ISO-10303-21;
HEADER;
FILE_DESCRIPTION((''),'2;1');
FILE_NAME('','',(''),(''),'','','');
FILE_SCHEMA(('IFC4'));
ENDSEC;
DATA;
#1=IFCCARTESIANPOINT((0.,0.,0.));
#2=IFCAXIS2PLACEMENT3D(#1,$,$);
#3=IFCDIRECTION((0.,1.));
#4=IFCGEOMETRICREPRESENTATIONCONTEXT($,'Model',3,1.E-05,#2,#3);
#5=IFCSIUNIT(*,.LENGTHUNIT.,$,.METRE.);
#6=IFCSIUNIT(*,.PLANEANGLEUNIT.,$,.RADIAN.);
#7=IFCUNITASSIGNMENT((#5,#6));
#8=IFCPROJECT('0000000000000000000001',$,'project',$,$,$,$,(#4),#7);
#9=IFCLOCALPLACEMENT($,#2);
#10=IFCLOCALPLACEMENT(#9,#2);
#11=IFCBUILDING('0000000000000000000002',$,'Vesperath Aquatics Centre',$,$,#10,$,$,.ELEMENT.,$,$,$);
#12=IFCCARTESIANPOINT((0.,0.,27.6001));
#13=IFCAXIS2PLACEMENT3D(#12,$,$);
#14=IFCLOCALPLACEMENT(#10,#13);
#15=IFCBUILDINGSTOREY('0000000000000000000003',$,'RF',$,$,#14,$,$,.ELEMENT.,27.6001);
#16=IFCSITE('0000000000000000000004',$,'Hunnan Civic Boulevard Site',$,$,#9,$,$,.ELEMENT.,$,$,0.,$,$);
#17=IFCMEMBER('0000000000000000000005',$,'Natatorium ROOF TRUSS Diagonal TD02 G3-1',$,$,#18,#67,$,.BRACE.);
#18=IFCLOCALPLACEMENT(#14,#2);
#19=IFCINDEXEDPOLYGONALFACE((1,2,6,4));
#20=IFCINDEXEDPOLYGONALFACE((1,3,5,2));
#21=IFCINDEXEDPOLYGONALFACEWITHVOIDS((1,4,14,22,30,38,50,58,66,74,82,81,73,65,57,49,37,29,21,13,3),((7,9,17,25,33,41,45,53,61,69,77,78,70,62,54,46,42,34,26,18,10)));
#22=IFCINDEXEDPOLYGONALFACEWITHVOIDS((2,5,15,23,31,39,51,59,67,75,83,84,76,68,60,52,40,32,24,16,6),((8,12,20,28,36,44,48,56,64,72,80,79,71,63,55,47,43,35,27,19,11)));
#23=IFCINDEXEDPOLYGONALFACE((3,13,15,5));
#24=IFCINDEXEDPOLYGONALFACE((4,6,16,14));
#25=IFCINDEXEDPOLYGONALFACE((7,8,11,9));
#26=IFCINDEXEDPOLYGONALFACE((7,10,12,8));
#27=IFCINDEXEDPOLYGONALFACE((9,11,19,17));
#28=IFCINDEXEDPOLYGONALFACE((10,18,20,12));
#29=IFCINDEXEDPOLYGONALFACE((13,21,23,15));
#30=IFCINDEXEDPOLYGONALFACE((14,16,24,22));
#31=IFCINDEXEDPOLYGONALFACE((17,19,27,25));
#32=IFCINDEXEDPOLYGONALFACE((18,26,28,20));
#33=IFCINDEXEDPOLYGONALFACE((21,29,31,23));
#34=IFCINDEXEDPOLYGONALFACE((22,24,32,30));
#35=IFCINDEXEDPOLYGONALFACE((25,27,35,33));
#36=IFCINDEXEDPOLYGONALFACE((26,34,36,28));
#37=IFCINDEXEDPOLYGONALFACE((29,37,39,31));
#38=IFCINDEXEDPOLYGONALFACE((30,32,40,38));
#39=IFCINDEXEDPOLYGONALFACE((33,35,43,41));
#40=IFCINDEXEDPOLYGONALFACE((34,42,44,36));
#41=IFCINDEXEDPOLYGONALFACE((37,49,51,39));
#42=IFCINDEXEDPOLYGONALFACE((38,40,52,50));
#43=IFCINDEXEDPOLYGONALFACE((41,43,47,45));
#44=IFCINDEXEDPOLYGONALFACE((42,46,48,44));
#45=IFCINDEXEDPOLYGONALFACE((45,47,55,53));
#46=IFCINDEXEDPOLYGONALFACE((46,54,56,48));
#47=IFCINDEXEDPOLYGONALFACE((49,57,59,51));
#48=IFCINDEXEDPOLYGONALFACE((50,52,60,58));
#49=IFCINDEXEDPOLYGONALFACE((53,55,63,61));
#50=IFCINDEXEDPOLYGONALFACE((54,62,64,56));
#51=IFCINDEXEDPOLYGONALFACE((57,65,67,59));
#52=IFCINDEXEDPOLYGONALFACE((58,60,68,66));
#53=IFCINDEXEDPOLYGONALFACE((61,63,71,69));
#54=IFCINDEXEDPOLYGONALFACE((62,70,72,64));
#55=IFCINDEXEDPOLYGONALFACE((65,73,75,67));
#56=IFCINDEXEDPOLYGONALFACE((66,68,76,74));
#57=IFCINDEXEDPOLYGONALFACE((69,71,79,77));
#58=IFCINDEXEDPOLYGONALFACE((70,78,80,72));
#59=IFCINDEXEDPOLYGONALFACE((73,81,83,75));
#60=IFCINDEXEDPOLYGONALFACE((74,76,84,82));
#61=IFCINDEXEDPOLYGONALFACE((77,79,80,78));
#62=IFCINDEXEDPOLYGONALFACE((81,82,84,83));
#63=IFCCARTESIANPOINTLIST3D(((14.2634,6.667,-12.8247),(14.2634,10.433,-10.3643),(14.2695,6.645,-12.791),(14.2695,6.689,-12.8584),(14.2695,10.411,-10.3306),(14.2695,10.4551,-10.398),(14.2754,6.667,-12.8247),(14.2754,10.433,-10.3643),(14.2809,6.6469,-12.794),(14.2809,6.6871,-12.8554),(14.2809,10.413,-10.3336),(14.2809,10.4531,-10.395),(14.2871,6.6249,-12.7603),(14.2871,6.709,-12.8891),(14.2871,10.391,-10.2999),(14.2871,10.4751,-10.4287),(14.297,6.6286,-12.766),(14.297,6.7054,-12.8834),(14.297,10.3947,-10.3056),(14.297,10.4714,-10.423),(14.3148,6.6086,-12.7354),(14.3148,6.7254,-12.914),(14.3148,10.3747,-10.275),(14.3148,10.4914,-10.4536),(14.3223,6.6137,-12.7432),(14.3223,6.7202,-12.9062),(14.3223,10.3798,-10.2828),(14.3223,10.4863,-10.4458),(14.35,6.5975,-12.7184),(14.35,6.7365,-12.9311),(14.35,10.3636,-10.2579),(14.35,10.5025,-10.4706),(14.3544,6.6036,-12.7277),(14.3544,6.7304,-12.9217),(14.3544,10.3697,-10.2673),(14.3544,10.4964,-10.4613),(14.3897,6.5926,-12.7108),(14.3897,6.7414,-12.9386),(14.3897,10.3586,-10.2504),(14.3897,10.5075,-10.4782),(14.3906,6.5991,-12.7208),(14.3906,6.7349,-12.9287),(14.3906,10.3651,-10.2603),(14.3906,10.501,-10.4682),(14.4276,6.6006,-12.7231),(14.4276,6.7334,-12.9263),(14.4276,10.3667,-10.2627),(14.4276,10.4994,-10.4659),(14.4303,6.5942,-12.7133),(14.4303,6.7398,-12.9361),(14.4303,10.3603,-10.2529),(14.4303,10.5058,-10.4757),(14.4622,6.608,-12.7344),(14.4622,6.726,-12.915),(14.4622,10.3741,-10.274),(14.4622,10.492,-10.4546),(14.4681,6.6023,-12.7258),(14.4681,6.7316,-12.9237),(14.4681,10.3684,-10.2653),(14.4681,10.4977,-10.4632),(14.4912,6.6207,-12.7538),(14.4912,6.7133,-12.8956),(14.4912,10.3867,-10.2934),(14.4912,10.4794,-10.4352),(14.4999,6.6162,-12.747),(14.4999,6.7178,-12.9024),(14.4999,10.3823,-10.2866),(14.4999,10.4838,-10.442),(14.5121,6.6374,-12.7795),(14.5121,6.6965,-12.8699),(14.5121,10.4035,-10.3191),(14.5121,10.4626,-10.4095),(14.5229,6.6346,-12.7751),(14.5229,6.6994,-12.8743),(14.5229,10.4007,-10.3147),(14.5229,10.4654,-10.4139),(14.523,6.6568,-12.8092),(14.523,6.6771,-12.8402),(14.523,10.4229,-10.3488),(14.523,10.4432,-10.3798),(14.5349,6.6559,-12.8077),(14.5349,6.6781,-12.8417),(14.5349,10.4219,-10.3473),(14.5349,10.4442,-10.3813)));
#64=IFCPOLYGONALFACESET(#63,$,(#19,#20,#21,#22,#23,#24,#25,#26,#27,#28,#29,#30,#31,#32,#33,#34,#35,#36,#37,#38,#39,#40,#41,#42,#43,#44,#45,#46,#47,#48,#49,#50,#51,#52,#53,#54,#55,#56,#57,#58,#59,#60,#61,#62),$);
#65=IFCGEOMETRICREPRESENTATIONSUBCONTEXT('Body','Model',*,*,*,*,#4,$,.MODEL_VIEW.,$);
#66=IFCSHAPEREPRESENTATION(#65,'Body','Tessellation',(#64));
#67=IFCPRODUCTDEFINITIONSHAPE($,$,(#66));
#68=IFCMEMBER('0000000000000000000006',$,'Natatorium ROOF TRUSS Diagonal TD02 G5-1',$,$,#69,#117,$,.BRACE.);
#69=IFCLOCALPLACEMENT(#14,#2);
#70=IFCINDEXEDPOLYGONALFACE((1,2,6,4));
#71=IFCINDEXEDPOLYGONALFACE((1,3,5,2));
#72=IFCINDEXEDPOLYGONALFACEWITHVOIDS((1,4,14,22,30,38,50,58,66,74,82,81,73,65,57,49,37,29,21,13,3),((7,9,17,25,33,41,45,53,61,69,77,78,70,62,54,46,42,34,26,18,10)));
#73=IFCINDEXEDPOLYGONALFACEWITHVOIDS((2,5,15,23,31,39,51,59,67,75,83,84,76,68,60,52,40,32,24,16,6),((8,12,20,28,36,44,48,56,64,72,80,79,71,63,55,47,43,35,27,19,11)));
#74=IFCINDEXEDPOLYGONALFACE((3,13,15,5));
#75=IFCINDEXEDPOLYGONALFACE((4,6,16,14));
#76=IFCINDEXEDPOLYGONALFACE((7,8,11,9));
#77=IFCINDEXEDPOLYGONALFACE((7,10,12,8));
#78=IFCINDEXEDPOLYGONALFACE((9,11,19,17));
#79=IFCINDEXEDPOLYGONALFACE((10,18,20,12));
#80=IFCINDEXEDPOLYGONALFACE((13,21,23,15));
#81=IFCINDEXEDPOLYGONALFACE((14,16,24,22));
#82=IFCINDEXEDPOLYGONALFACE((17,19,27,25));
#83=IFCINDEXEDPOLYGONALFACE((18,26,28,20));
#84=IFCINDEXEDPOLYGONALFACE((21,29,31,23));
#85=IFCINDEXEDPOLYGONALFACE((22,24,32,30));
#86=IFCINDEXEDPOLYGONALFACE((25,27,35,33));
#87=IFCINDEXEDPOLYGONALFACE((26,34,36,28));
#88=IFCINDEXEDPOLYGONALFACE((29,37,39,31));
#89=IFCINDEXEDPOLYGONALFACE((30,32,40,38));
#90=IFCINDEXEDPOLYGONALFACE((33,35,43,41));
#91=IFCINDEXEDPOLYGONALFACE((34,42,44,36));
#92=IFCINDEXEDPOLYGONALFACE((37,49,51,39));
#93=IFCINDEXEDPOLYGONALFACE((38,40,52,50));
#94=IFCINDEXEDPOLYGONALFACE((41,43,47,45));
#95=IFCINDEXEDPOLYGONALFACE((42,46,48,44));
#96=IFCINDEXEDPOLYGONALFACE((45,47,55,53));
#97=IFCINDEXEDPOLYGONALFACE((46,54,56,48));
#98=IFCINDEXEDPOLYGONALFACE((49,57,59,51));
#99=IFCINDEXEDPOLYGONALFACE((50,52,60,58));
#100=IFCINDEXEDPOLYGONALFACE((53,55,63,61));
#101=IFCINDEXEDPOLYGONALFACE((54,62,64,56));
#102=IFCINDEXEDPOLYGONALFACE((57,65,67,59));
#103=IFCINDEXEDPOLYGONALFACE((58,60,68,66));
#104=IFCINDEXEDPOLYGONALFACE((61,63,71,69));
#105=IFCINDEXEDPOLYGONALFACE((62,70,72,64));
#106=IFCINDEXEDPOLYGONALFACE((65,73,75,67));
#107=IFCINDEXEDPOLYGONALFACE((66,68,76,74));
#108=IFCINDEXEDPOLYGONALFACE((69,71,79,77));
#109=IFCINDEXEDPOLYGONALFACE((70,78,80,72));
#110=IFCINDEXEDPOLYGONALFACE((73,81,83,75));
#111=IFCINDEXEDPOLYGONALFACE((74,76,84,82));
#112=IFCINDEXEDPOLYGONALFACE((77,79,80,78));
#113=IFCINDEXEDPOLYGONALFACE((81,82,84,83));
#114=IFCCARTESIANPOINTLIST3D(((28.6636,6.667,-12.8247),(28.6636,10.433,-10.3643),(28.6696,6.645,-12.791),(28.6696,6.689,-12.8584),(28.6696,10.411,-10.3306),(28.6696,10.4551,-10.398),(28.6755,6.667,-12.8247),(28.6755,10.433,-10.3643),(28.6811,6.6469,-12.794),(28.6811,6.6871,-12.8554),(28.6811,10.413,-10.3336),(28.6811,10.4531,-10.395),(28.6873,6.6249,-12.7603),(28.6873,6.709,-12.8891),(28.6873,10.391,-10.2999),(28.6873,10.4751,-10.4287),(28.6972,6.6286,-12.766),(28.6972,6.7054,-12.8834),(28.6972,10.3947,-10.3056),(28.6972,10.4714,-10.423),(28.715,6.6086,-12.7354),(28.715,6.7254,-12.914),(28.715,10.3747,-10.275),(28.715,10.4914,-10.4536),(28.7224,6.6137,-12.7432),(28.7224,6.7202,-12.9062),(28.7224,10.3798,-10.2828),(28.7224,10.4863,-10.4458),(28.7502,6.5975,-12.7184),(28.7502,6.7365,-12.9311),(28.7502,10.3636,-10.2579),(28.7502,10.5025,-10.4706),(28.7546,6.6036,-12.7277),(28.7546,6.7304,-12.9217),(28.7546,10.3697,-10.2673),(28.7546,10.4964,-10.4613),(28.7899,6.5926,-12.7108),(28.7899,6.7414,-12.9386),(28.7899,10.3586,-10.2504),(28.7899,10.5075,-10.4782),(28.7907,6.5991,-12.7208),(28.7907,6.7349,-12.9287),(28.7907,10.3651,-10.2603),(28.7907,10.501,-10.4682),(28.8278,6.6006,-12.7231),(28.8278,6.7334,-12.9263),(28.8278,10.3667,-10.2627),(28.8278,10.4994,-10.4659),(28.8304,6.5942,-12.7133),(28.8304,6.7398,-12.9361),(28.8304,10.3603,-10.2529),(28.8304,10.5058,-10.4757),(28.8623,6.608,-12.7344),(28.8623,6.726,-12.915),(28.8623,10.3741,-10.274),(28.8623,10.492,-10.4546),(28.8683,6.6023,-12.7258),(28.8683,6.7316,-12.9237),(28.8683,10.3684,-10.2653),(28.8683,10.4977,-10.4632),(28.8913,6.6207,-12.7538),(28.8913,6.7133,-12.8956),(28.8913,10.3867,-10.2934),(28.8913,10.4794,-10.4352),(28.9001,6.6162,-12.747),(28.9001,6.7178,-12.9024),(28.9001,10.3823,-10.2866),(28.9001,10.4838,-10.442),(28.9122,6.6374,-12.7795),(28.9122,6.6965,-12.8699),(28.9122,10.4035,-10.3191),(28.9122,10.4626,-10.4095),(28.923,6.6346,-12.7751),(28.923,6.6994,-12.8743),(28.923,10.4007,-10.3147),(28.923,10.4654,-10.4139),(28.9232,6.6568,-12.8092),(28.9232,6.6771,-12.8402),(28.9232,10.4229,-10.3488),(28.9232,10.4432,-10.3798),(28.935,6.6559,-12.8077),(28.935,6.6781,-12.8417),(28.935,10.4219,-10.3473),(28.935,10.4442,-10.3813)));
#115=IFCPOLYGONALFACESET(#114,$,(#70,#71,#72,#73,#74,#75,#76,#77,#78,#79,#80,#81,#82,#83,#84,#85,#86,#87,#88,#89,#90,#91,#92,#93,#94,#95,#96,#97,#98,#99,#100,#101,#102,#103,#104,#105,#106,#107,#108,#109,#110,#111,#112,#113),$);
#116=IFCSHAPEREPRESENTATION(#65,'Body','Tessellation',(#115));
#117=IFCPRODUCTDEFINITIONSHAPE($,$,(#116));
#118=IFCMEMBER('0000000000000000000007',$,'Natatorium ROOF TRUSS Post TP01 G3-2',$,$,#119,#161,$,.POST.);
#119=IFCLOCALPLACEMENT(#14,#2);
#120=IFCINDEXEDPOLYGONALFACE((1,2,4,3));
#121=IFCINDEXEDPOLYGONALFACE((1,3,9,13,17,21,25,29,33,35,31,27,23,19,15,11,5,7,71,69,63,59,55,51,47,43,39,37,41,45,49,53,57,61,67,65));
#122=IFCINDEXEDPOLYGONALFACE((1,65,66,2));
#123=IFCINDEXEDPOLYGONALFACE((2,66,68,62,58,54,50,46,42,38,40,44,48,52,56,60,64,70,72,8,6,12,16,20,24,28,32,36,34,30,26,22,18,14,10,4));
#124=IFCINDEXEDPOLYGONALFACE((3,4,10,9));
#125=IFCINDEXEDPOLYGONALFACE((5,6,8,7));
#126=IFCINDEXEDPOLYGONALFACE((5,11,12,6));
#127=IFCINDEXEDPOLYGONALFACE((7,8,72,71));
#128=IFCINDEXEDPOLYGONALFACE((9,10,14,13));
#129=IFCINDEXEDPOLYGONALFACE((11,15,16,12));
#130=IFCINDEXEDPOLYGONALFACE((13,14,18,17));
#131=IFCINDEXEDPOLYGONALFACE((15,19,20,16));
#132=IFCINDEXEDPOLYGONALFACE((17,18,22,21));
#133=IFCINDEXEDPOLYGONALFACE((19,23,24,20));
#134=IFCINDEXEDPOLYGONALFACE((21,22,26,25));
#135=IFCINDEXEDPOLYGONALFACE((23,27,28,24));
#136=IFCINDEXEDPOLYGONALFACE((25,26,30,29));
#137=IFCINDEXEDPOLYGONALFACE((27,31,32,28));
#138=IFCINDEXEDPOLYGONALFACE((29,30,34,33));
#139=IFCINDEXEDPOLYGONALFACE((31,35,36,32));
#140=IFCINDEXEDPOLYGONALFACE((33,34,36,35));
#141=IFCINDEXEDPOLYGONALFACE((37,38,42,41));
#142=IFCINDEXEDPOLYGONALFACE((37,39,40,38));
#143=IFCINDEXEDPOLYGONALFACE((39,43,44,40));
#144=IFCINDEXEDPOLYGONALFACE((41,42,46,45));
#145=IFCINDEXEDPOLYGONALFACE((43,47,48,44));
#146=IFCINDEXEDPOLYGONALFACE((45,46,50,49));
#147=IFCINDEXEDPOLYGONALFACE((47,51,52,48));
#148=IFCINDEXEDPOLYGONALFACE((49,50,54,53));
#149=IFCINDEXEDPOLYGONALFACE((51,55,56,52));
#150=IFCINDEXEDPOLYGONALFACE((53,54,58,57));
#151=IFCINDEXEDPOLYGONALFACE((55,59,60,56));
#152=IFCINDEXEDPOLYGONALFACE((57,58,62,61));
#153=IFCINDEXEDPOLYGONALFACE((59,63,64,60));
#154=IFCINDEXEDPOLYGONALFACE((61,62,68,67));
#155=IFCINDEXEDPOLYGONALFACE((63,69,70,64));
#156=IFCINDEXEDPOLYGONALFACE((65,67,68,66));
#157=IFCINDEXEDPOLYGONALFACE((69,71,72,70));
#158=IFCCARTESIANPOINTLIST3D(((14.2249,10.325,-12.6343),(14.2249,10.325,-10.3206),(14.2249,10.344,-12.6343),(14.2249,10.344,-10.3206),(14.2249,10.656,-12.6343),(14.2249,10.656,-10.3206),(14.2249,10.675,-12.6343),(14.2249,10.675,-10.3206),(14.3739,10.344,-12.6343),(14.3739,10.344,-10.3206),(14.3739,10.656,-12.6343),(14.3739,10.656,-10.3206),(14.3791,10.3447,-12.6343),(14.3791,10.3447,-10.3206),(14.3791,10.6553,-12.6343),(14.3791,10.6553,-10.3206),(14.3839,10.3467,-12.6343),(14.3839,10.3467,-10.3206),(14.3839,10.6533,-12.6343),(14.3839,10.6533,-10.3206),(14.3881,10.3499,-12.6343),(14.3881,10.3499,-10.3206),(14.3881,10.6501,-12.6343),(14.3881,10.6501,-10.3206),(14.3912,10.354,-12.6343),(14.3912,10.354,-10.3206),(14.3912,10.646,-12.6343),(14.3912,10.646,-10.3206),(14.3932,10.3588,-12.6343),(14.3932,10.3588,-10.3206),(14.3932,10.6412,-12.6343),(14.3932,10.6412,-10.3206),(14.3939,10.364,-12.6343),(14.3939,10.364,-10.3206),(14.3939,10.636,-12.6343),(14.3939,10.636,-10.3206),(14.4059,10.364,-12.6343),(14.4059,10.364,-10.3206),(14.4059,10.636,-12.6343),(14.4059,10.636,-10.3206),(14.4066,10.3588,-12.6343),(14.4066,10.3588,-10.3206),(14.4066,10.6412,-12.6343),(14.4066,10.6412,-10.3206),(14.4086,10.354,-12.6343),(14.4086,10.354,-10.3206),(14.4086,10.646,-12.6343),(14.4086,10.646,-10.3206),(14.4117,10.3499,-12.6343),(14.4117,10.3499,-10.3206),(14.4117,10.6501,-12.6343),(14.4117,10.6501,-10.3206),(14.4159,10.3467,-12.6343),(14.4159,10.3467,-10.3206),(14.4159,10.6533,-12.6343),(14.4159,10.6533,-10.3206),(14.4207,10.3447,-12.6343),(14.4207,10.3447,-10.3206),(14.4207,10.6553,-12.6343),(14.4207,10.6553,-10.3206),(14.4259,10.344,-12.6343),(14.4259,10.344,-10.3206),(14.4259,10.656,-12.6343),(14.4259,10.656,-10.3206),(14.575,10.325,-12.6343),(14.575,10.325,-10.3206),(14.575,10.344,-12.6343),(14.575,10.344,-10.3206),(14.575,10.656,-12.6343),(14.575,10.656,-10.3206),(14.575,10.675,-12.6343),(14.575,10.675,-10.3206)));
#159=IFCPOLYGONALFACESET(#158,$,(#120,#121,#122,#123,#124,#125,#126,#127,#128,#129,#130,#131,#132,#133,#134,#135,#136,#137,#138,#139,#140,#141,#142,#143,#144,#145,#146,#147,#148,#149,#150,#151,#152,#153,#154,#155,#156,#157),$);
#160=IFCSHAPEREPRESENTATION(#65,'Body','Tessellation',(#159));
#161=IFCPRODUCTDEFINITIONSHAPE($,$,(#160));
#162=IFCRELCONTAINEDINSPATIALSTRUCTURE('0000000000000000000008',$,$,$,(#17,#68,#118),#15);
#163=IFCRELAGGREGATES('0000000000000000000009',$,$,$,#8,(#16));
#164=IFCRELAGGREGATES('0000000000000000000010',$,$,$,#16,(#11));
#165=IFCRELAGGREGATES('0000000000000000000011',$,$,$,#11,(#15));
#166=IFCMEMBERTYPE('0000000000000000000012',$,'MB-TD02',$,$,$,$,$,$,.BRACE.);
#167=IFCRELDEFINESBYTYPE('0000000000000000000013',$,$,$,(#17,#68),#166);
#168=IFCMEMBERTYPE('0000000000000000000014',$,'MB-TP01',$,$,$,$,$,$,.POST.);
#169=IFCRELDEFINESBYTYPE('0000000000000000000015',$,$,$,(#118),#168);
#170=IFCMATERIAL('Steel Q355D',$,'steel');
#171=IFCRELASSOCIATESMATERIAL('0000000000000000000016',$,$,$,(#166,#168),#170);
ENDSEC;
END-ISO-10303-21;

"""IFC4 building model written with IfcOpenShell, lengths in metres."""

from ifc_helpers import new_model, si_unit, direction, frame, origin, origin_2d, place, context, subcontext, project, spatial, hollow_circle, i_section, extrude, material, material_profile, profile_set, type_object, element, save


model = new_model("IFC4")

# Units and contexts
model_context = context("Model", 3, precision=1e-05, world=origin(), true_north=direction((0.0, 1.0)))
body_context = subcontext(model_context, "Body", "Model", "MODEL_VIEW")
ifc_project = project(units=[si_unit("LENGTHUNIT", "METRE"), si_unit("PLANEANGLEUNIT", "RADIAN")], contexts=[model_context])

# Site, building, storey
site_placement = place(None, origin())
site = spatial("IfcSite", under=ifc_project, at=site_placement, Name="Hunnan Civic Boulevard Site", CompositionType="ELEMENT", RefElevation=0.0)
building_placement = place(site_placement, origin())
building = spatial("IfcBuilding", under=site, at=building_placement, Name="Vesperath Aquatics Centre", CompositionType="ELEMENT")
storey_placement = place(building_placement, frame((0.0, 0.0, 27.6001)))
storey = spatial("IfcBuildingStorey", under=building, at=storey_placement, Name="RF", CompositionType="ELEMENT", Elevation=27.6001)

# Members
ifc_material_1 = material(Name="Steel Q355D", Category="steel")
ifc_material_profile_1 = material_profile(ifc_material_1, hollow_circle(Radius=0.1365, WallThickness=0.012, at=origin_2d()), Name="CHS 273.0x12")
ifc_profile_set_1 = profile_set([ifc_material_profile_1], Name="Steel Q355D")
member_type_1 = type_object("IfcMemberType", Name="MB-TD02", PredefinedType="BRACE", material=ifc_profile_set_1)
for number, where, z_axis, x_axis, name in (
    (1, (14.3999, 6.667, -12.8247), (0.0, 0.837174, 0.546936), (-1.0, 0.0, 0.0), "Natatorium ROOF TRUSS Diagonal TD02 G3-1"),
    (2, (28.8, 6.667, -12.8247), (0.0, 0.837174, 0.546936), (-1.0, 0.0, 0.0), "Natatorium ROOF TRUSS Diagonal TD02 G5-1"),
):
    element("IfcMember", number, at=place(storey_placement, frame(where, z_axis=z_axis, x_axis=x_axis)), inside=storey, type_object=member_type_1, Name=name, PredefinedType="BRACE", context=body_context, shape_type="SweptSolid", body=[
        extrude(hollow_circle(Radius=0.1365, WallThickness=0.012, at=origin_2d()), origin(), (0.0, 0.0, 1.0), 4.4985),
    ])
ifc_material_profile_2 = material_profile(ifc_material_1, i_section(OverallWidth=0.3501, OverallDepth=0.3501, WebThickness=0.012, FlangeThickness=0.019, FilletRadius=0.02, at=origin_2d()), Name="HW 350x350x12x19")
ifc_profile_set_2 = profile_set([ifc_material_profile_2], Name="Steel Q355D")
member_type_2 = type_object("IfcMemberType", Name="MB-TP01", PredefinedType="POST", material=ifc_profile_set_2)
member_1_placement = place(storey_placement, frame((14.3999, 10.5, -12.6343), z_axis=(0.0, 0.0, 1.0), x_axis=(1.0, 0.0, 0.0)))
element("IfcMember", 3, at=member_1_placement, inside=storey, type_object=member_type_2, Name="Natatorium ROOF TRUSS Post TP01 G3-2", PredefinedType="POST", context=body_context, shape_type="SweptSolid", body=[
    extrude(i_section(OverallWidth=0.3501, OverallDepth=0.3501, WebThickness=0.012, FlangeThickness=0.019, FilletRadius=0.02, at=origin_2d()), origin(), (0.0, 0.0, 1.0), 2.3137),
])

save(model, "model.ifc")
